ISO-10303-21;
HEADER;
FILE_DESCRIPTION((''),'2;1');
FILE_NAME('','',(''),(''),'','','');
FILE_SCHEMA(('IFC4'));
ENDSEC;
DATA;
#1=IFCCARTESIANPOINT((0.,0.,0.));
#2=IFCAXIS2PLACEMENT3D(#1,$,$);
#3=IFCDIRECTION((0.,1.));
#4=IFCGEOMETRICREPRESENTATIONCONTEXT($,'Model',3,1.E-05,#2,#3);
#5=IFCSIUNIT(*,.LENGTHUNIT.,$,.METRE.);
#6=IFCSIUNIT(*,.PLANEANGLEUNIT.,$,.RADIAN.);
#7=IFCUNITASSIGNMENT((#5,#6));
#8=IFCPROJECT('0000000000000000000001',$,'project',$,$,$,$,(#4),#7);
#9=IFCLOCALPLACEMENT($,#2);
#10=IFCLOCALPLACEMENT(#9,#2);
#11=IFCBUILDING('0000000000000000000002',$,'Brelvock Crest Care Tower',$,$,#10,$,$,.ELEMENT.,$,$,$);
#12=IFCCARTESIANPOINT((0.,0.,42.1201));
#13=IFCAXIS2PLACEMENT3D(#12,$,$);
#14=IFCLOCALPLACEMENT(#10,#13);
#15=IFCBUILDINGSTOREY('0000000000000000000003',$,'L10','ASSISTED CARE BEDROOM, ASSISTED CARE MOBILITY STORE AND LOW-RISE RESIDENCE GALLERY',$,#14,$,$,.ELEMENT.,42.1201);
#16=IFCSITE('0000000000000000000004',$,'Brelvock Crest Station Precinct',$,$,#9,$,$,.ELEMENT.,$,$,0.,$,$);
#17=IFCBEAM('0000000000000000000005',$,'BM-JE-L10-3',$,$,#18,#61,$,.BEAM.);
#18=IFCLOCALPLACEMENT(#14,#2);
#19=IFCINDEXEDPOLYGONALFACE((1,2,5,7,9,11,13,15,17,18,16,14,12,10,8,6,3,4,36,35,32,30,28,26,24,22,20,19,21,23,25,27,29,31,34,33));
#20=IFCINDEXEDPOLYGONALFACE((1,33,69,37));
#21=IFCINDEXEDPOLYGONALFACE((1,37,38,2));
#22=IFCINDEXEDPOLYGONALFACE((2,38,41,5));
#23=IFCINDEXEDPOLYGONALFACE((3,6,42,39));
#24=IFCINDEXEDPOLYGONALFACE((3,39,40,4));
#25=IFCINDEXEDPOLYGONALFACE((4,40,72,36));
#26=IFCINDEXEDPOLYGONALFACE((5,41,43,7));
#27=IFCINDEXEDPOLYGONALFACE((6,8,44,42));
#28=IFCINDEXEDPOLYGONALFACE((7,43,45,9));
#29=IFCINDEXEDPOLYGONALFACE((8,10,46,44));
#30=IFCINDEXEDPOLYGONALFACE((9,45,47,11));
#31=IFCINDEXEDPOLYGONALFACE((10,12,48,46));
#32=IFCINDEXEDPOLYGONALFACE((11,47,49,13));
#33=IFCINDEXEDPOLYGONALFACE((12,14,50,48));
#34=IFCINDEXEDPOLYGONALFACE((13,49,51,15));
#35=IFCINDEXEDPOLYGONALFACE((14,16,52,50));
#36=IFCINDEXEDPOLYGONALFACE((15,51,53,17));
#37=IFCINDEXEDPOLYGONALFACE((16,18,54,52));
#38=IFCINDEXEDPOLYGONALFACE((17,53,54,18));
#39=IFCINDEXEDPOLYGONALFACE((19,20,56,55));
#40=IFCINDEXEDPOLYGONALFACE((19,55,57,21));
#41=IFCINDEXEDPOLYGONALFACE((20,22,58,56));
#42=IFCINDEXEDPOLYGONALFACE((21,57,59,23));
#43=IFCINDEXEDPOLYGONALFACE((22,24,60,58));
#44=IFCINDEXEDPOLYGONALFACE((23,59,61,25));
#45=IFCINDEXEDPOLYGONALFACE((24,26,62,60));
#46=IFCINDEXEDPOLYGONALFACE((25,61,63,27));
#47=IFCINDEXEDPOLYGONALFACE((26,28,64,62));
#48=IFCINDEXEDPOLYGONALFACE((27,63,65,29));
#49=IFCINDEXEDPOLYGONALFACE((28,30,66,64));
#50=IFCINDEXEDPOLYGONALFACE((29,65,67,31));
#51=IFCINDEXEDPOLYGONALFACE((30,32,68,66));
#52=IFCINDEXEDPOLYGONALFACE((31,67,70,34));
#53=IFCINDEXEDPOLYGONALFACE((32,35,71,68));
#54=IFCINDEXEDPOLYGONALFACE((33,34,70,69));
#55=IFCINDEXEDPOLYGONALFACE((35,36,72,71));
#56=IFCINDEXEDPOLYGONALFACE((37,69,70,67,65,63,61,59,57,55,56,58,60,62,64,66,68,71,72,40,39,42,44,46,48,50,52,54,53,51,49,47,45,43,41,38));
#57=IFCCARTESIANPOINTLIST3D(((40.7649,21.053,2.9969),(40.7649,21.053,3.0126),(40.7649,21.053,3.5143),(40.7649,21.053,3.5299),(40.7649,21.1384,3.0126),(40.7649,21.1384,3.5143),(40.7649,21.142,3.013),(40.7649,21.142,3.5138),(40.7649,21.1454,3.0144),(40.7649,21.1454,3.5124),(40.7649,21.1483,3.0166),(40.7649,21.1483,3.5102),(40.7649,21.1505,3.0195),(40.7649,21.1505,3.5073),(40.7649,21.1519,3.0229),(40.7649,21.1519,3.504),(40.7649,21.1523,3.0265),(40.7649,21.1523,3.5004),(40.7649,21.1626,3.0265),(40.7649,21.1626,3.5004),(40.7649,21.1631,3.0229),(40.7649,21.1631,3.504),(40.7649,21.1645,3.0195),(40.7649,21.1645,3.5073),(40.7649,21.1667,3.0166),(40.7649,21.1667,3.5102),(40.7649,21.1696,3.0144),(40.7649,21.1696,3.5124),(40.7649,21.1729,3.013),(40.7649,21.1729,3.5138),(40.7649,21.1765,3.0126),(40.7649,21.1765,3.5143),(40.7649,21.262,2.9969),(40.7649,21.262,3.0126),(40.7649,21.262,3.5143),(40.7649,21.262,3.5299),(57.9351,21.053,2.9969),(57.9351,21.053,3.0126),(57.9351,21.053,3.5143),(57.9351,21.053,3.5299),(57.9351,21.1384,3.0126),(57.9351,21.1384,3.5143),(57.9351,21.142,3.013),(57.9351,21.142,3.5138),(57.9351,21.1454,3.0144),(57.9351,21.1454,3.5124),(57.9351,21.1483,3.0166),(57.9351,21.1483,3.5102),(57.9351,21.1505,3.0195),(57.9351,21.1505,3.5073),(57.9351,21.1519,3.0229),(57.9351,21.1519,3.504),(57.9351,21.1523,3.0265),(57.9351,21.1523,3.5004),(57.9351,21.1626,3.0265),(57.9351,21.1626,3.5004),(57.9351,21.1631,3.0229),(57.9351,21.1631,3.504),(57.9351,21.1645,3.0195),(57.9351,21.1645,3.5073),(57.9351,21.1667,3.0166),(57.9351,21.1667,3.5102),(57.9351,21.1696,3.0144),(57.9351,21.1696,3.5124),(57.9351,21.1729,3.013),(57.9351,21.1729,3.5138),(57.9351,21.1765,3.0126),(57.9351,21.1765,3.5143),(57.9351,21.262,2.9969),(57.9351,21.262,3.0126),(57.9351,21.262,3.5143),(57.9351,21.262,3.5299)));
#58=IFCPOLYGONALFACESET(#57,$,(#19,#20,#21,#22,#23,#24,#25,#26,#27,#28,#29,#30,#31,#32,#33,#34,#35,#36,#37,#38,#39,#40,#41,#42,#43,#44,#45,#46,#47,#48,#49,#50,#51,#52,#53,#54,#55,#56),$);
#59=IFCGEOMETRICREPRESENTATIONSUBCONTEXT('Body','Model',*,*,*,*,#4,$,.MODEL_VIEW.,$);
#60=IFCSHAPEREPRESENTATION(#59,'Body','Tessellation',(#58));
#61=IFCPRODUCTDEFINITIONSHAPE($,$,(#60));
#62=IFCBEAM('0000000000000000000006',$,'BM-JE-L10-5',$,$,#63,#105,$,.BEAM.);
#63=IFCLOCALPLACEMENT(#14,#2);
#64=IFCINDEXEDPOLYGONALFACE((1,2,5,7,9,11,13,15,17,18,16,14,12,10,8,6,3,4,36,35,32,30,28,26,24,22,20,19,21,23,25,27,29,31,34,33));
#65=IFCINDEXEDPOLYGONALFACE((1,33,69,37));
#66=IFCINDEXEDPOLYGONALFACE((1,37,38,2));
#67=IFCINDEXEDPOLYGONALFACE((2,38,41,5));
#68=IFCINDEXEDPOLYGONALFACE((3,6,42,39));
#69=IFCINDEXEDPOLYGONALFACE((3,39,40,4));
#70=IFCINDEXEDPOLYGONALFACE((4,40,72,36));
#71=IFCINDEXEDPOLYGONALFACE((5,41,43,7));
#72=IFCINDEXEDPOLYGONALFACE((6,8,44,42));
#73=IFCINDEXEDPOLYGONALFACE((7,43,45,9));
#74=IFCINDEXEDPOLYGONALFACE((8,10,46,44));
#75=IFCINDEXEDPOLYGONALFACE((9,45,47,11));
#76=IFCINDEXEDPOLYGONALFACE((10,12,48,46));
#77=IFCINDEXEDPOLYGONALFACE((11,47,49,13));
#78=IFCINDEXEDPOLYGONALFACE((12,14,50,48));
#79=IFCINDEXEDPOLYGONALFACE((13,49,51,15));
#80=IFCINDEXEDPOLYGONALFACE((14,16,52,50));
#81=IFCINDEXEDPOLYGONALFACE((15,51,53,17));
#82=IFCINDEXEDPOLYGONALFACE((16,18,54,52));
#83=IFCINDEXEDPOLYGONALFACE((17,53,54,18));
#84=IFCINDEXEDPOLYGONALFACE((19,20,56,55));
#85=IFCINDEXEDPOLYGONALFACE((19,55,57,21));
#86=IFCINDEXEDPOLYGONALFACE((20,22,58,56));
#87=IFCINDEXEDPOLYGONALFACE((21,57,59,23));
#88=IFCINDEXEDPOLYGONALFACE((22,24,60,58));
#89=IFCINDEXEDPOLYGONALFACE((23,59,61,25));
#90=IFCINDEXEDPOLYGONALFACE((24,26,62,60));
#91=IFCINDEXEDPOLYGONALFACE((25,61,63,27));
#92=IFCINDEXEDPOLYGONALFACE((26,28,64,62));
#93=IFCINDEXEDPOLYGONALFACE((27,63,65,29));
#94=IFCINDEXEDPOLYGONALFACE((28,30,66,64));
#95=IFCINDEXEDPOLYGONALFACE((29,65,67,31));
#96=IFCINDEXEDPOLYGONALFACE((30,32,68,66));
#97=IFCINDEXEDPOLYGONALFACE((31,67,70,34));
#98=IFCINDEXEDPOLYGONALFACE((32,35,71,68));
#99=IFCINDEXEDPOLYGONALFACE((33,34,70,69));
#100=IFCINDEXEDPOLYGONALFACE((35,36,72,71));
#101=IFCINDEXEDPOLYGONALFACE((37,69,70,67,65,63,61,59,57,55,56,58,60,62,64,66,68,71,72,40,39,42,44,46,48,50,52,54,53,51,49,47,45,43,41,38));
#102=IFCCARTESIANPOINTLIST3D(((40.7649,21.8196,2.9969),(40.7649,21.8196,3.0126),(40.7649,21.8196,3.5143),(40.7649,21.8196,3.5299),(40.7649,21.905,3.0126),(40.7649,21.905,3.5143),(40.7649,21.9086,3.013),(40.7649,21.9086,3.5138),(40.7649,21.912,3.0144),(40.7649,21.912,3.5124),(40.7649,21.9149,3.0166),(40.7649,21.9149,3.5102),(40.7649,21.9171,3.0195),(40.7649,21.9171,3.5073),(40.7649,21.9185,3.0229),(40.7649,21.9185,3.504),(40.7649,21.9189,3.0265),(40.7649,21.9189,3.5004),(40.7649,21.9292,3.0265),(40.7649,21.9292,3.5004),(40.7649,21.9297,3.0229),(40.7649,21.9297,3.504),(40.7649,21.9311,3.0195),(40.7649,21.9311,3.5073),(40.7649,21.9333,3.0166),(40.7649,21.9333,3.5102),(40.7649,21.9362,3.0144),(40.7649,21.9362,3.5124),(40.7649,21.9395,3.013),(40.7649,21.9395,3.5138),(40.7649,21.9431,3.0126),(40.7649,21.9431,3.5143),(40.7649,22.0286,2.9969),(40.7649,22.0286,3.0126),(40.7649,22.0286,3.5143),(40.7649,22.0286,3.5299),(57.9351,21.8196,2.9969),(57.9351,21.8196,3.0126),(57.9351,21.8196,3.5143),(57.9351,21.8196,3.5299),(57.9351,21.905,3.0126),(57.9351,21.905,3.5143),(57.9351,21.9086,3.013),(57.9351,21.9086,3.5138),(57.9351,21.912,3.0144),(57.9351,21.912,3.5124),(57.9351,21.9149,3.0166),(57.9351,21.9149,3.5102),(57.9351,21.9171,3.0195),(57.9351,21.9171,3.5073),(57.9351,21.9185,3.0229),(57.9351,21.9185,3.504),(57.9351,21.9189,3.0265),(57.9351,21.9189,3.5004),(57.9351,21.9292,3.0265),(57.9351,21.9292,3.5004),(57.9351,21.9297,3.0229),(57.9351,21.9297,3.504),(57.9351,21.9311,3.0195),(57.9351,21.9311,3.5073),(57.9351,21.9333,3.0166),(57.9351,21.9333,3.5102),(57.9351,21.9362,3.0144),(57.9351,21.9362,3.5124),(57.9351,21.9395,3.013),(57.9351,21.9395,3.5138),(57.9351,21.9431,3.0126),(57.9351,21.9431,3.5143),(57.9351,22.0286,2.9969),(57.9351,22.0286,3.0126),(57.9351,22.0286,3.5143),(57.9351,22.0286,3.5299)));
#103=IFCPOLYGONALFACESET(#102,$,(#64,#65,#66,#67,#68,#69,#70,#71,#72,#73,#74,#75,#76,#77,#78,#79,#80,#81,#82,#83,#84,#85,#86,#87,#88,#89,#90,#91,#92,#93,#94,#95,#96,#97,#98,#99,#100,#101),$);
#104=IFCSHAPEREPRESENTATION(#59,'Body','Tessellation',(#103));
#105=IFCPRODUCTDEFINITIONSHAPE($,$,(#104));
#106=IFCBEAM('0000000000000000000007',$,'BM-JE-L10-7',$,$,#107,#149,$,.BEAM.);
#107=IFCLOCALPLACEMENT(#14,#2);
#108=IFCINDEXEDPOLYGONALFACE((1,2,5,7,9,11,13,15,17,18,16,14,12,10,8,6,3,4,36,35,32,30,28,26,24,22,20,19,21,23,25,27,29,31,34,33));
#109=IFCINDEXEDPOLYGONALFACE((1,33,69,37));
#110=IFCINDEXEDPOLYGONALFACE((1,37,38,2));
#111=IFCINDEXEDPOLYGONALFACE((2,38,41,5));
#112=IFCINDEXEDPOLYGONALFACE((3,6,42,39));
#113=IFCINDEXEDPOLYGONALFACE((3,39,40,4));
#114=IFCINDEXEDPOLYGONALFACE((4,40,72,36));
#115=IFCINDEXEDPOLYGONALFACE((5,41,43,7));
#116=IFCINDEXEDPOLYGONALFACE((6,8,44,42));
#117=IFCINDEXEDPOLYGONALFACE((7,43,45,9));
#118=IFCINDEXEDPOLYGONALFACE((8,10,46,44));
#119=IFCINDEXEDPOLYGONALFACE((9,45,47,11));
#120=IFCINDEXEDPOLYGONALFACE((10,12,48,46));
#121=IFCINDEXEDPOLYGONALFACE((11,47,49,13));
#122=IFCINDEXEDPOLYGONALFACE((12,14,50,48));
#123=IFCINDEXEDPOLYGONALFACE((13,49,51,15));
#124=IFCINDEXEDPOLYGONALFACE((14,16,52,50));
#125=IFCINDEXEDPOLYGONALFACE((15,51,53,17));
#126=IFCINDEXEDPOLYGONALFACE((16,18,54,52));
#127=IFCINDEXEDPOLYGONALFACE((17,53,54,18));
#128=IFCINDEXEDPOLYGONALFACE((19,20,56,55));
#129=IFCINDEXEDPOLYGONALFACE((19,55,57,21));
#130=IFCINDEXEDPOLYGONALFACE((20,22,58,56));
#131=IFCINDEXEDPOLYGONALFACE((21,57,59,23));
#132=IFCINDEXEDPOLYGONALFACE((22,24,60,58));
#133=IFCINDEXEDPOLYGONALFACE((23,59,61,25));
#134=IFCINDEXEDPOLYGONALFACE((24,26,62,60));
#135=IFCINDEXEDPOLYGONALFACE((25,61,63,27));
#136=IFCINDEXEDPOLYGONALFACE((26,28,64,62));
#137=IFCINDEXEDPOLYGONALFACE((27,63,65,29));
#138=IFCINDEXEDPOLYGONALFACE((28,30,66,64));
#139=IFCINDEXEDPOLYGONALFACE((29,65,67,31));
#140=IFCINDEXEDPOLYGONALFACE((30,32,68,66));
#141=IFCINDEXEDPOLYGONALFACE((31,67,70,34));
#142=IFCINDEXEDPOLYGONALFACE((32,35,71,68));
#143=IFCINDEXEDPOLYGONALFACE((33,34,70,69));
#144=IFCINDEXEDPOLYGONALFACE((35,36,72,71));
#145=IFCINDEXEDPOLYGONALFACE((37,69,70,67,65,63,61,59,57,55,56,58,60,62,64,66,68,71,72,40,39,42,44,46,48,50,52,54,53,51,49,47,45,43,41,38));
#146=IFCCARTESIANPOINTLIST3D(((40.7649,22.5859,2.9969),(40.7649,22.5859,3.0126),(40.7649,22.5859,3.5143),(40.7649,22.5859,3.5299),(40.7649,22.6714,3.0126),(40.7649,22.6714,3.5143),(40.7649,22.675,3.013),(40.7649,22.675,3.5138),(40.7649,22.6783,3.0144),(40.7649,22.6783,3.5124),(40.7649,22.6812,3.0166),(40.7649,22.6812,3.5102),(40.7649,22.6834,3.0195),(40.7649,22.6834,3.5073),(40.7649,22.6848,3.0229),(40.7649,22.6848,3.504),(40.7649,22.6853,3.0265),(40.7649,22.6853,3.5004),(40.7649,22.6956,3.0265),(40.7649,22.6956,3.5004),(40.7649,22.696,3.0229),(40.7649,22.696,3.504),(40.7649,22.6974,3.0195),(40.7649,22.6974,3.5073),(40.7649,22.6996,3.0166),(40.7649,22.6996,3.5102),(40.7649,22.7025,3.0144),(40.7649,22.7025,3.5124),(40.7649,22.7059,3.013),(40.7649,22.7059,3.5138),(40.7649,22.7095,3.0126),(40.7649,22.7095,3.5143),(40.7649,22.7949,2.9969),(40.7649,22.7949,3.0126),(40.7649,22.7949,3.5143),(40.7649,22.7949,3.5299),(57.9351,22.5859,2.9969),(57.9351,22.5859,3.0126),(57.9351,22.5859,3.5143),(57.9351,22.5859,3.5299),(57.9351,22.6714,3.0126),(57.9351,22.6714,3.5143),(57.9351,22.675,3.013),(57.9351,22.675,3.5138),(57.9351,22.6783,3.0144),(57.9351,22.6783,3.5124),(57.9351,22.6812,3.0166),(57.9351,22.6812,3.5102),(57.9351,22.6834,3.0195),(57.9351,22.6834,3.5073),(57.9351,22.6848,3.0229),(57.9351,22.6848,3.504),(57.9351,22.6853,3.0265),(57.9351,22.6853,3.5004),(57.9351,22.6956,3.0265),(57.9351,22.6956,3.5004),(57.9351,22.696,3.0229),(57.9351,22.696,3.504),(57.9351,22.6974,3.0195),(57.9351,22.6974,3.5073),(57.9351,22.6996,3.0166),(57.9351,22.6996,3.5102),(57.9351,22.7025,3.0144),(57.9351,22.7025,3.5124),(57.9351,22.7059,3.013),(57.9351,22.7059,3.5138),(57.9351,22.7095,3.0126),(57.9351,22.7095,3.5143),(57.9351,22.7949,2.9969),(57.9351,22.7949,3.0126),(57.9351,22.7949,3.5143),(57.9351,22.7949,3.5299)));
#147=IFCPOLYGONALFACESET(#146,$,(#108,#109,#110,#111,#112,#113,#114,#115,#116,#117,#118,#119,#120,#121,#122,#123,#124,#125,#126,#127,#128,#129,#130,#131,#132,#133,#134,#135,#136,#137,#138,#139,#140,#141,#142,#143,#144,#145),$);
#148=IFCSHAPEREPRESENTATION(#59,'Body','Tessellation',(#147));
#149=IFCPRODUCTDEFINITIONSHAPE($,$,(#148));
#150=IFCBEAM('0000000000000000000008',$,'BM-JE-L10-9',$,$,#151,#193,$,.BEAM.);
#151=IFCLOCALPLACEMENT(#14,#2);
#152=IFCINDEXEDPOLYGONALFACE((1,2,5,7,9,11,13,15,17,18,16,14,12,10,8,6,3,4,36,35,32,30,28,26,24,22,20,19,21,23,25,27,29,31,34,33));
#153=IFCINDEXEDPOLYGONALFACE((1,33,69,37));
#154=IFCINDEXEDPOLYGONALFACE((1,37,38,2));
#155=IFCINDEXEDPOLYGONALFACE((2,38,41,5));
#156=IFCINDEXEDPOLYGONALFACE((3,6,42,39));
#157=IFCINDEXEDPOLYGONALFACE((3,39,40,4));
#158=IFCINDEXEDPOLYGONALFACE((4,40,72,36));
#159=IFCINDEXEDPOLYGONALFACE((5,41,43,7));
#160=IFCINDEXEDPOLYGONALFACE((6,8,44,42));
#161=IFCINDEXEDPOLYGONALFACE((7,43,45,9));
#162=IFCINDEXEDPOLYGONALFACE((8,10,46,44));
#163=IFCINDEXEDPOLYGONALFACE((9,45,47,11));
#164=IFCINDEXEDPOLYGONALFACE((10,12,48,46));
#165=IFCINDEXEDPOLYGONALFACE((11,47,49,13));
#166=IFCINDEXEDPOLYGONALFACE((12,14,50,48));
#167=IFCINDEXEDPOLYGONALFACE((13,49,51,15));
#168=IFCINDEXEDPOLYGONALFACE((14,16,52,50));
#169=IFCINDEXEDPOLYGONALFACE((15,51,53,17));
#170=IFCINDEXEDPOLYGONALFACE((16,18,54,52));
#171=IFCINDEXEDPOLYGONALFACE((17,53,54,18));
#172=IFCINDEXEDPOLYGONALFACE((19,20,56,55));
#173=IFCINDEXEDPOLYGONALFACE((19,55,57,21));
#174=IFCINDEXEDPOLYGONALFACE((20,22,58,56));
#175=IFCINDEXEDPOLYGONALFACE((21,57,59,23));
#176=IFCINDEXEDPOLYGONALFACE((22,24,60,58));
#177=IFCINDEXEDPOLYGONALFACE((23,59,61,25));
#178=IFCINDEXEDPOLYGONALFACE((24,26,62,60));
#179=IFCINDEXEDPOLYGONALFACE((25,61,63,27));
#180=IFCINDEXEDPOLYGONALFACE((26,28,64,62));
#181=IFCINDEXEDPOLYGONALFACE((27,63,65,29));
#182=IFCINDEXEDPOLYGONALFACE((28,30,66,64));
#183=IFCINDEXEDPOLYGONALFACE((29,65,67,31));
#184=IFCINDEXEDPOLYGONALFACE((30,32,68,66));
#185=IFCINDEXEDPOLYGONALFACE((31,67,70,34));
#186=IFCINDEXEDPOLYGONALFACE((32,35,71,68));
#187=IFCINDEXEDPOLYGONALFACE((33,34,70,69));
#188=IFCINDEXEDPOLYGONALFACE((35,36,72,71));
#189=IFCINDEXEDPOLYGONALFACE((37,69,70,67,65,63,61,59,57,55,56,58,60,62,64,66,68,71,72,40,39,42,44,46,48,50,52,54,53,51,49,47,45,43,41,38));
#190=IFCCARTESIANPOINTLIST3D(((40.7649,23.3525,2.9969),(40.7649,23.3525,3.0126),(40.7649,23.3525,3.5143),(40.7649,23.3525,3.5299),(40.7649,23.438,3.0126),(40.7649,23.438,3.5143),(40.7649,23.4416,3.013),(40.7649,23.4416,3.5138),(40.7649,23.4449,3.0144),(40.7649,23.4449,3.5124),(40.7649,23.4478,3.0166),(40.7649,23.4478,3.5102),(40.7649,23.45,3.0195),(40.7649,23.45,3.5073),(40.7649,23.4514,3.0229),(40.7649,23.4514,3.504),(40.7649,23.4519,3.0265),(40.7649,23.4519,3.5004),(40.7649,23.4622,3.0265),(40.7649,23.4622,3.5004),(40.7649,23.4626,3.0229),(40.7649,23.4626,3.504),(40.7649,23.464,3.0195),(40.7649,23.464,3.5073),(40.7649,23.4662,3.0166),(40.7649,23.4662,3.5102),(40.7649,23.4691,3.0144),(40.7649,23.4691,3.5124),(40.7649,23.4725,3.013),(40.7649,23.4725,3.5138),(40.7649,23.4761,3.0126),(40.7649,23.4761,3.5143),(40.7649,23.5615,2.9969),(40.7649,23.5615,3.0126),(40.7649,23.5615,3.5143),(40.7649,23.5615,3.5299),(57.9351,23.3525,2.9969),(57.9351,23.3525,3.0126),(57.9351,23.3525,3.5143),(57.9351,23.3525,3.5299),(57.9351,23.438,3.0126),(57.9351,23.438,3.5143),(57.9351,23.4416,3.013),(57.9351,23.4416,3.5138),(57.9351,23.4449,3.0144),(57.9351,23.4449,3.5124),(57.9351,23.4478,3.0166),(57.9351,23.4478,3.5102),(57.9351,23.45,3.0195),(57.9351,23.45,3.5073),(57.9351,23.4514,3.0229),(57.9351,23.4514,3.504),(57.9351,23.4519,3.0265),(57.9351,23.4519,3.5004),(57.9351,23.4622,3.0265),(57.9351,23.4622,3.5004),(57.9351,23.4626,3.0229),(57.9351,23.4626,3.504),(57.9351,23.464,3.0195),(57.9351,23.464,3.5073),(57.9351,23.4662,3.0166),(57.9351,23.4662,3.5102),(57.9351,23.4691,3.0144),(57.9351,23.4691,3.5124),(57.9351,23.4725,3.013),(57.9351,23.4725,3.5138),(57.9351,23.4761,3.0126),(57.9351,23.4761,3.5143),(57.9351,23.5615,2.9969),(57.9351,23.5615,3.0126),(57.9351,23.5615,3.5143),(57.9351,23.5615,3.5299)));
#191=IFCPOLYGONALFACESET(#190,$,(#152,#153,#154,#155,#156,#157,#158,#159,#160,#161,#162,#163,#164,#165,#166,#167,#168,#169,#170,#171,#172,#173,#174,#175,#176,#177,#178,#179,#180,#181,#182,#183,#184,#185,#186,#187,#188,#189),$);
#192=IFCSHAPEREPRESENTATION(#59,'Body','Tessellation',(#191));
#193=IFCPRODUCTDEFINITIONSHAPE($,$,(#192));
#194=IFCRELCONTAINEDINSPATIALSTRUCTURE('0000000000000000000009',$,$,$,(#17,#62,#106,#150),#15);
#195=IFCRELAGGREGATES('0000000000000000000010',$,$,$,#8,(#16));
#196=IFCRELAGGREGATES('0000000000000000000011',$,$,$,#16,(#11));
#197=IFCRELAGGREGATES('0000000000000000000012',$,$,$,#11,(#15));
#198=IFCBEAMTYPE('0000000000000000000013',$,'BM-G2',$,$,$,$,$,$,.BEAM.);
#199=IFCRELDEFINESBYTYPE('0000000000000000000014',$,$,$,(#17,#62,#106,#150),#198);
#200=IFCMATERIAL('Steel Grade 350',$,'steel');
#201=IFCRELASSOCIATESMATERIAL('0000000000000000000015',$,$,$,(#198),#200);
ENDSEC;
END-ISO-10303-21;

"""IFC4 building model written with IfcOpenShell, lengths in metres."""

from ifc_helpers import new_model, si_unit, direction, frame, origin, origin_2d, place, context, subcontext, project, spatial, i_section, extrude, source, transform, mapped, material, material_profile, profile_set, type_object, element, save


model = new_model("IFC4")

# Units and contexts
model_context = context("Model", 3, precision=1e-05, world=origin(), true_north=direction((0.0, 1.0)))
body_context = subcontext(model_context, "Body", "Model", "MODEL_VIEW")
ifc_project = project(units=[si_unit("LENGTHUNIT", "METRE"), si_unit("PLANEANGLEUNIT", "RADIAN")], contexts=[model_context])

# Site, building, storey
site_placement = place(None, origin())
site = spatial("IfcSite", under=ifc_project, at=site_placement, Name="Brelvock Crest Station Precinct", CompositionType="ELEMENT", RefElevation=0.0)
building_placement = place(site_placement, origin())
building = spatial("IfcBuilding", under=site, at=building_placement, Name="Brelvock Crest Care Tower", CompositionType="ELEMENT")
storey_placement = place(building_placement, frame((0.0, 0.0, 42.1201)))
storey = spatial("IfcBuildingStorey", under=building, at=storey_placement, Name="L10", Description="ASSISTED CARE BEDROOM, ASSISTED CARE MOBILITY STORE AND LOW-RISE RESIDENCE GALLERY", CompositionType="ELEMENT", Elevation=42.1201)

# Beams
ifc_material_1 = material(Name="Steel Grade 350", Category="steel")
ifc_material_profile_1 = material_profile(ifc_material_1, i_section(OverallWidth=0.209, OverallDepth=0.533, WebThickness=0.0103, FlangeThickness=0.0156, FilletRadius=0.0139, at=origin_2d()), Name="530UB92.4")
ifc_profile_set_1 = profile_set([ifc_material_profile_1], Name="Steel Grade 350")
beam_type_1 = type_object("IfcBeamType", Name="BM-G2", PredefinedType="BEAM", material=ifc_profile_set_1)
shared_shape_1 = source(origin(), body_context, "Body", "SweptSolid", [
    extrude(i_section(OverallWidth=0.209, OverallDepth=0.533, WebThickness=0.0103, FlangeThickness=0.0156, FilletRadius=0.0139, at=origin_2d()), origin(), (0.0, 0.0, 1.0), 17.1702),
])
for number, where, z_axis, x_axis, name in (
    (1, (40.7649, 21.1575, 3.2634), (1.0, 0.0, 0.0), (0.0, 1.0, 0.0), "BM-JE-L10-3"),
    (2, (40.7649, 21.9241, 3.2634), (1.0, 0.0, 0.0), (0.0, 1.0, 0.0), "BM-JE-L10-5"),
    (3, (40.7649, 22.6904, 3.2634), (1.0, 0.0, 0.0), (0.0, 1.0, 0.0), "BM-JE-L10-7"),
    (4, (40.7649, 23.457, 3.2634), (1.0, 0.0, 0.0), (0.0, 1.0, 0.0), "BM-JE-L10-9"),
):
    element("IfcBeam", number, at=place(storey_placement, frame(where, z_axis=z_axis, x_axis=x_axis)), inside=storey, type_object=beam_type_1, Name=name, PredefinedType="BEAM", context=body_context, shape_type="MappedRepresentation", body=[
        mapped(shared_shape_1, transform((0.0, 0.0, 0.0), x_axis=(1.0, 0.0, 0.0), y_axis=(0.0, 1.0, 0.0), z_axis=(0.0, 0.0, 1.0), scale=1.0)),
    ])

save(model, "model.ifc")
